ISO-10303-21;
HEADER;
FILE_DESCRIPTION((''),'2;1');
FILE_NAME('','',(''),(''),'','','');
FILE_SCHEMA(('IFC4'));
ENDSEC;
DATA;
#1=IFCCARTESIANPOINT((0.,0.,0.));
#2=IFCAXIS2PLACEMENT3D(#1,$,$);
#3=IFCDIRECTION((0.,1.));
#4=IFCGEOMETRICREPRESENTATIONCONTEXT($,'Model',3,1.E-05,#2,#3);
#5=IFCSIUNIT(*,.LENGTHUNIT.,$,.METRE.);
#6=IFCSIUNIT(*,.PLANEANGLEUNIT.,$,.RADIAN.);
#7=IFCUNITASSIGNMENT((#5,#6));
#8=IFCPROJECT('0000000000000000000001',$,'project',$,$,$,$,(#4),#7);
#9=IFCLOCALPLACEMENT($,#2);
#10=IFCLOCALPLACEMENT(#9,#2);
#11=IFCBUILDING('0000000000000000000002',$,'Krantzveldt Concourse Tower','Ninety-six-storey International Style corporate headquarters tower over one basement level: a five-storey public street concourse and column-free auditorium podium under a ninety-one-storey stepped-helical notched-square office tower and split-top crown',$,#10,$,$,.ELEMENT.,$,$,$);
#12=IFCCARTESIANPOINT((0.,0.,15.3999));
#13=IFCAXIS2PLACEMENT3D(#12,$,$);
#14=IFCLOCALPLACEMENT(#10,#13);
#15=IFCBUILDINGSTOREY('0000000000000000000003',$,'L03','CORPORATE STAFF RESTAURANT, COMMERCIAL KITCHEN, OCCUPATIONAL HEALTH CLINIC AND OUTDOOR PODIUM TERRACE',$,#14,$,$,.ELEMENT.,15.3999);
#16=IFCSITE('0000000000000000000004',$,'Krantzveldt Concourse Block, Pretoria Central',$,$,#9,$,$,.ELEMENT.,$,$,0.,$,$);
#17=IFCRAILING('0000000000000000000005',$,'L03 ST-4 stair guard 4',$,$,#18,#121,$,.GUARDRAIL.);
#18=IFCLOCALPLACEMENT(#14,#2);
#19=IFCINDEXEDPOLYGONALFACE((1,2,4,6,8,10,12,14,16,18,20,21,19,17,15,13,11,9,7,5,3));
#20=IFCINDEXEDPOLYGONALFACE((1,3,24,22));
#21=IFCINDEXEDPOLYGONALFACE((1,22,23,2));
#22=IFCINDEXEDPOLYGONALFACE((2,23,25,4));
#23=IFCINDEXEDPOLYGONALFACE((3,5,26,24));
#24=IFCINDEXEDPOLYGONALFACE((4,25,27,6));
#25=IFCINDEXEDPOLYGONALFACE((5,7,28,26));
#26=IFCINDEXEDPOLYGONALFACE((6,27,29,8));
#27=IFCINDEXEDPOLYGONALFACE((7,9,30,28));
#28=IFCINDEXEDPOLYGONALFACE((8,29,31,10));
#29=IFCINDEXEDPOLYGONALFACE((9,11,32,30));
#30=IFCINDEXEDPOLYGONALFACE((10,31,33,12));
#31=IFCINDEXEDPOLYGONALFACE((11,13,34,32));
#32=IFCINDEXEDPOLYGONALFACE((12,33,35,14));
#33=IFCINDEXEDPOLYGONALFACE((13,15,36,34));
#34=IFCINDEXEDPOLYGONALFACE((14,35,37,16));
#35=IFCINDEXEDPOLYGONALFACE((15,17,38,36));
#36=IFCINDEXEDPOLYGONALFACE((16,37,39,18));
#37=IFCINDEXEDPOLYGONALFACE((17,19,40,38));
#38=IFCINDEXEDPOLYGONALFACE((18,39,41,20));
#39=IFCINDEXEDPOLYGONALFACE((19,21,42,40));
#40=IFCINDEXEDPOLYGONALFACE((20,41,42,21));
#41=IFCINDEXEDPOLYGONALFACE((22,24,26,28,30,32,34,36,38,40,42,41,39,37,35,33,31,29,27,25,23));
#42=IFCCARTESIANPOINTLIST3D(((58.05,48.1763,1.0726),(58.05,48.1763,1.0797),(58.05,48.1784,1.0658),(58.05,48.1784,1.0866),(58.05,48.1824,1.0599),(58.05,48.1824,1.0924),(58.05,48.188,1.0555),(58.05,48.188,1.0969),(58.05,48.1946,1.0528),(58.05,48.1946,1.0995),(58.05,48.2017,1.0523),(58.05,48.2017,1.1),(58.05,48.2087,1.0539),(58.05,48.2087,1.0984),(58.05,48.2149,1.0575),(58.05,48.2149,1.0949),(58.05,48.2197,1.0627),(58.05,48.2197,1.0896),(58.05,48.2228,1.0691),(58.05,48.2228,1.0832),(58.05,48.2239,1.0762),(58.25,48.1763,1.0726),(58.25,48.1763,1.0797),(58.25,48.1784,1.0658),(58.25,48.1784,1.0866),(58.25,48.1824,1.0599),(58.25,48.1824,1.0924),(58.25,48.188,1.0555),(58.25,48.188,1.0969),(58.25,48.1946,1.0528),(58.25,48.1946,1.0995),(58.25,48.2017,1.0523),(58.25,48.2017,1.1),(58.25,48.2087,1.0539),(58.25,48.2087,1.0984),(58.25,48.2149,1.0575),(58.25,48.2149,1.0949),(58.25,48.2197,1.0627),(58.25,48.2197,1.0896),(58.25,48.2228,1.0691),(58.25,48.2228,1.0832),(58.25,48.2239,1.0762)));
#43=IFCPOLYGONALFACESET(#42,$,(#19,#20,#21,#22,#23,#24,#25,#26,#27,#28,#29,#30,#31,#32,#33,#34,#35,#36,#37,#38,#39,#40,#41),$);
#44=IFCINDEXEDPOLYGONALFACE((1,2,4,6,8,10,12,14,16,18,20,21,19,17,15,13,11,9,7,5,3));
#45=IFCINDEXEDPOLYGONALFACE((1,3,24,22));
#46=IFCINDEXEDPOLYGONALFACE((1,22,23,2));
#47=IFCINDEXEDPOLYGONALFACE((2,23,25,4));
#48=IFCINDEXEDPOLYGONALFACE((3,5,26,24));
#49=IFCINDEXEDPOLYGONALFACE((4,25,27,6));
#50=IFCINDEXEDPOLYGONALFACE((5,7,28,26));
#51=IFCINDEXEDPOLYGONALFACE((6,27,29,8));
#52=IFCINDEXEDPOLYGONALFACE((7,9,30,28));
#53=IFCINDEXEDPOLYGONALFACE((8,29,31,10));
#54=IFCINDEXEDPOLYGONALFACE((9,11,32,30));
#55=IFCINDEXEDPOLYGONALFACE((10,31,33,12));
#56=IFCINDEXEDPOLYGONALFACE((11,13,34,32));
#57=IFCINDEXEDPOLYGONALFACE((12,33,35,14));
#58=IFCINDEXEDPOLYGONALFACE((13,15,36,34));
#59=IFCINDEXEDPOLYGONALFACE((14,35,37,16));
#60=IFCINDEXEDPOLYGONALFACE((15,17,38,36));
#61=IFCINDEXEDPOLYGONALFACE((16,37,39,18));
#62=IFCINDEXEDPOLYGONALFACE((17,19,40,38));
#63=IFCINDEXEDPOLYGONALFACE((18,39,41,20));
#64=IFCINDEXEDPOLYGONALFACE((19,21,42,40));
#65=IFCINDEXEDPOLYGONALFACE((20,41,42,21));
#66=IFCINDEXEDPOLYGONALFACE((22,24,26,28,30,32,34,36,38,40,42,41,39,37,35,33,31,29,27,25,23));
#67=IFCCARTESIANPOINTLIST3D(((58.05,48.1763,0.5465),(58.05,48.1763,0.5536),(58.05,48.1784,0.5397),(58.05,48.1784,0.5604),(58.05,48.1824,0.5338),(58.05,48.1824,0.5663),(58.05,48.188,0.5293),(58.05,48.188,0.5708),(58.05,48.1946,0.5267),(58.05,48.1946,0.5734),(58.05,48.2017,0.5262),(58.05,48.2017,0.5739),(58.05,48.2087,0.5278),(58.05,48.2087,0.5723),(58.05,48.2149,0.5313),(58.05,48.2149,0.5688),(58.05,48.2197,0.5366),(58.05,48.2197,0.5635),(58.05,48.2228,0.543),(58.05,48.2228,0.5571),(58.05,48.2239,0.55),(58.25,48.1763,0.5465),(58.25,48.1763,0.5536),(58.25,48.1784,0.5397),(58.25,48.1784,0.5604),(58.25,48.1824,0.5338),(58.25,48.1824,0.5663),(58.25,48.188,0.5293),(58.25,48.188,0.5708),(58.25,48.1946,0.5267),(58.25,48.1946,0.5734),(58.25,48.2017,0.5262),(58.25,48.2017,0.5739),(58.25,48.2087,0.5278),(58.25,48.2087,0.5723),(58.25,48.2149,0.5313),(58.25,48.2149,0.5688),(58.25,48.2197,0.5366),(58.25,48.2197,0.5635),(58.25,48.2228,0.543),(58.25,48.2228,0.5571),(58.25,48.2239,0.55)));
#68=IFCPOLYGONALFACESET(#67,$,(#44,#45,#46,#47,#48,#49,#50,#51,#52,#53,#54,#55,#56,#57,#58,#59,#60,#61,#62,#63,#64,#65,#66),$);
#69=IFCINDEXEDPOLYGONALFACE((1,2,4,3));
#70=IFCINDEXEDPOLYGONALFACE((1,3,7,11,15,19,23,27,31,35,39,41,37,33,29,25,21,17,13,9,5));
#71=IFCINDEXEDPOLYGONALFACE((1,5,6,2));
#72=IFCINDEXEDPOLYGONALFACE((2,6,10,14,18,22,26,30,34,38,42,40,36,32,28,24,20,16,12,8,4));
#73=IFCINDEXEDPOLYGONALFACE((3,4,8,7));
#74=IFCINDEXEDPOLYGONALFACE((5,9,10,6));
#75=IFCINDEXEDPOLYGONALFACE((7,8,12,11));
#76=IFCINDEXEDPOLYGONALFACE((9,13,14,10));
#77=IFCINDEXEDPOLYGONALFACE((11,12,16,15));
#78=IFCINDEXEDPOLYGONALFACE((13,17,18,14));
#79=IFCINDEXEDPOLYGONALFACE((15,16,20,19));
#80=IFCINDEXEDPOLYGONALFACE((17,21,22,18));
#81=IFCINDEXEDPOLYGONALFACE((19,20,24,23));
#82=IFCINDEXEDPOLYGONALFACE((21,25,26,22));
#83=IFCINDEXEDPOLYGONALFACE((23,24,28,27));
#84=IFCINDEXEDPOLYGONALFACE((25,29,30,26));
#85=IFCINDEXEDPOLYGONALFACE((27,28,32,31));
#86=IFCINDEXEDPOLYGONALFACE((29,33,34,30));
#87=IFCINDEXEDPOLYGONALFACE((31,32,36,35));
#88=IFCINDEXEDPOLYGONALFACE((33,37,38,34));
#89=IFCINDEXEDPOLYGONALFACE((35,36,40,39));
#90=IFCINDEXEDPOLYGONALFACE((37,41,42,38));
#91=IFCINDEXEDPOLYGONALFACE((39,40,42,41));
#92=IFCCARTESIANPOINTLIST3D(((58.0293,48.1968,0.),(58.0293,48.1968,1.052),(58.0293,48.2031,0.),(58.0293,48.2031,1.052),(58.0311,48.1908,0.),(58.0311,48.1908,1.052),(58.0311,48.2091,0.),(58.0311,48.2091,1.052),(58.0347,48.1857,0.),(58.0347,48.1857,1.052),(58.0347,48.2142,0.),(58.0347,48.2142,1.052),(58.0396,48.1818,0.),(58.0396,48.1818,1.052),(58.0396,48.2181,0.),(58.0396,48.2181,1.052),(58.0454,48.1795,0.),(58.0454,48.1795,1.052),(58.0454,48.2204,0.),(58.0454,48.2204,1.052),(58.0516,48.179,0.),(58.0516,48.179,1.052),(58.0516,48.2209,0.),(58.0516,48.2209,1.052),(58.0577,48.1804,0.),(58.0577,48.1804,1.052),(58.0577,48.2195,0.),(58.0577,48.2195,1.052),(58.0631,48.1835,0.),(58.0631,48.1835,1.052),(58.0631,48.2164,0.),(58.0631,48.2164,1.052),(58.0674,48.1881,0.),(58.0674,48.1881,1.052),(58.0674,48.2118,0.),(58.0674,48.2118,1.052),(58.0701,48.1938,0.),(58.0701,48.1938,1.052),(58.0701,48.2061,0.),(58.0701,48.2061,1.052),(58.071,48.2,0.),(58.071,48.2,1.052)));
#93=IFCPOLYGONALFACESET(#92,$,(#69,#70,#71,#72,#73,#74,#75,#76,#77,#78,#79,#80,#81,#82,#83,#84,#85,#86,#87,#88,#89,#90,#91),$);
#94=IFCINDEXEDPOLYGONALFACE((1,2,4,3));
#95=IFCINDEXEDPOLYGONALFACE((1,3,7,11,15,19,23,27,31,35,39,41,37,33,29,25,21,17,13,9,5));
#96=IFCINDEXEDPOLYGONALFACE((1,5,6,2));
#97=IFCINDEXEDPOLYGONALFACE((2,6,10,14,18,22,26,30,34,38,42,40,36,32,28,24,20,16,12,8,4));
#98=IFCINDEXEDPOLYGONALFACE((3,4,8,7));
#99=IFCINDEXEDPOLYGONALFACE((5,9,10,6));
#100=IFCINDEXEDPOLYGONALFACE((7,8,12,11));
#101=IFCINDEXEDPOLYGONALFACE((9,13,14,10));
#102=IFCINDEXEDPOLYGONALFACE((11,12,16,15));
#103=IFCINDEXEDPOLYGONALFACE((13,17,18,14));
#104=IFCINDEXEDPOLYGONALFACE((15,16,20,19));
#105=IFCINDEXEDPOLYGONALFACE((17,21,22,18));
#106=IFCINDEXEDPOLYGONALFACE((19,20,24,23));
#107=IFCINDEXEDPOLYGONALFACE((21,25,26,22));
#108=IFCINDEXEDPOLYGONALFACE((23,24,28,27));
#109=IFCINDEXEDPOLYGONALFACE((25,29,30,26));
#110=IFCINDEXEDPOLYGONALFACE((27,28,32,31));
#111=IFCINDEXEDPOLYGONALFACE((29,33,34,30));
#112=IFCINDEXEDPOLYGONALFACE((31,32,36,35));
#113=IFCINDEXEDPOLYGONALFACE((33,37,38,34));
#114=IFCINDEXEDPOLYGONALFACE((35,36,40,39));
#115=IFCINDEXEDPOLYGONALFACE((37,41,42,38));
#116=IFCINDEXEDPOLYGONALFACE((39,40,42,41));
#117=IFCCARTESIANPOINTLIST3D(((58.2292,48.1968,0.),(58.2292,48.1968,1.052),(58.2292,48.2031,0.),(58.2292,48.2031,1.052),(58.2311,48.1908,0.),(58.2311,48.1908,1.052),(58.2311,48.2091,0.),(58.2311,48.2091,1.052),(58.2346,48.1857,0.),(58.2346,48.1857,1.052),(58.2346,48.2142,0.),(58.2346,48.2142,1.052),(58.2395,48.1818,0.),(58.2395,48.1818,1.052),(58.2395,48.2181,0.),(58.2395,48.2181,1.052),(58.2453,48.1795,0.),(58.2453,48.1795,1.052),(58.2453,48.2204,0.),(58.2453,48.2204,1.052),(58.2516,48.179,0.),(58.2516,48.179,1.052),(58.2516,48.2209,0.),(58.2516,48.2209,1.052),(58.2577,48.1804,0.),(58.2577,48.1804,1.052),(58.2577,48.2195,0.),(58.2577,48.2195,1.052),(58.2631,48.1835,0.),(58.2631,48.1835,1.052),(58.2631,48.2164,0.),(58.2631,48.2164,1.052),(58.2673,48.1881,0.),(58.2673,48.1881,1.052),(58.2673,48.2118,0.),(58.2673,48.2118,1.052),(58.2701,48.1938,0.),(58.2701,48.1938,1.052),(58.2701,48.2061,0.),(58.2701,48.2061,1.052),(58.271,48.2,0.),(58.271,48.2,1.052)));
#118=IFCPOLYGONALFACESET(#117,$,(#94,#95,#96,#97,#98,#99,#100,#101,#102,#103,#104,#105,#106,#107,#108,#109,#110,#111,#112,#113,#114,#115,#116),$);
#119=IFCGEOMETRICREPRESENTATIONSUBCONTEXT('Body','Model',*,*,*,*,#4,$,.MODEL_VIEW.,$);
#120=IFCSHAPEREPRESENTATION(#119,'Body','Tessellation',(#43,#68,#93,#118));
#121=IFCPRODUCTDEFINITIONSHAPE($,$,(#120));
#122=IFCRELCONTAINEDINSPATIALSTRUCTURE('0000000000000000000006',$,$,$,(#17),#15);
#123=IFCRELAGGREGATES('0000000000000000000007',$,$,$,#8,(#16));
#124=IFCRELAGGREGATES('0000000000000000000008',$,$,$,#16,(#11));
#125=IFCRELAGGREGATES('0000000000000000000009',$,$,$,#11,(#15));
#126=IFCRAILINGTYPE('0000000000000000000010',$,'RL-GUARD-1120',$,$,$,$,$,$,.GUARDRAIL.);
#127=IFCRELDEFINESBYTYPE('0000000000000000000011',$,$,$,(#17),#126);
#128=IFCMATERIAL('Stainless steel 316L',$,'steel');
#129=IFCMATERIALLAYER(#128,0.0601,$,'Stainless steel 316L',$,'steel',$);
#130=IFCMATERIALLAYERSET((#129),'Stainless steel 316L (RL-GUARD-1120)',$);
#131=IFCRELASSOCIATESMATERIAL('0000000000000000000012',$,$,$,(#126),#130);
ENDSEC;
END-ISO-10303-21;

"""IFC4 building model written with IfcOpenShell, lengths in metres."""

from ifc_helpers import new_model, si_unit, direction, frame, origin, origin_2d, place, context, subcontext, project, spatial, circle, extrude, material, layer, layer_set, type_object, element, save


model = new_model("IFC4")

# Units and contexts
model_context = context("Model", 3, precision=1e-05, world=origin(), true_north=direction((0.0, 1.0)))
body_context = subcontext(model_context, "Body", "Model", "MODEL_VIEW")
ifc_project = project(units=[si_unit("LENGTHUNIT", "METRE"), si_unit("PLANEANGLEUNIT", "RADIAN")], contexts=[model_context])

# Site, building, storey
site_placement = place(None, origin())
site = spatial("IfcSite", under=ifc_project, at=site_placement, Name="Krantzveldt Concourse Block, Pretoria Central", CompositionType="ELEMENT", RefElevation=0.0)
building_placement = place(site_placement, origin())
building = spatial("IfcBuilding", under=site, at=building_placement, Name="Krantzveldt Concourse Tower", Description="Ninety-six-storey International Style corporate headquarters tower over one basement level: a five-storey public street concourse and column-free auditorium podium under a ninety-one-storey stepped-helical notched-square office tower and split-top crown", CompositionType="ELEMENT")
storey_placement = place(building_placement, frame((0.0, 0.0, 15.3999)))
storey = spatial("IfcBuildingStorey", under=building, at=storey_placement, Name="L03", Description="CORPORATE STAFF RESTAURANT, COMMERCIAL KITCHEN, OCCUPATIONAL HEALTH CLINIC AND OUTDOOR PODIUM TERRACE", CompositionType="ELEMENT", Elevation=15.3999)

# Railing
ifc_material_1 = material(Name="Stainless steel 316L", Category="steel")
ifc_layer_1 = layer(ifc_material_1, 0.0601, Name="Stainless steel 316L", Category="steel")
ifc_layer_set_1 = layer_set([ifc_layer_1], Name="Stainless steel 316L (RL-GUARD-1120)")
railing_type_1 = type_object("IfcRailingType", Name="RL-GUARD-1120", PredefinedType="GUARDRAIL", material=ifc_layer_set_1)
railing_1_placement = place(storey_placement, frame((58.05, 48.2, 0.0)))
element("IfcRailing", 1, at=railing_1_placement, inside=storey, type_object=railing_type_1, Name="L03 ST-4 stair guard 4", PredefinedType="GUARDRAIL", context=body_context, shape_type="SweptSolid", body=[
    extrude(circle(Radius=0.0239, at=origin_2d()), frame((0.0, 0.0, 1.0762), z_axis=(1.0, 0.0, 0.0), x_axis=(0.0, 1.0, 0.0)), (0.0, 0.0, 1.0), 0.2),
    extrude(circle(Radius=0.0239, at=origin_2d()), frame((0.0, 0.0, 0.55), z_axis=(1.0, 0.0, 0.0), x_axis=(0.0, 1.0, 0.0)), (0.0, 0.0, 1.0), 0.2),
    extrude(circle(Radius=0.021, at=origin_2d()), origin(), (0.0, 0.0, 1.0), 1.052),
    extrude(circle(Radius=0.021, at=origin_2d()), frame((0.2, 0.0, 0.0)), (0.0, 0.0, 1.0), 1.052),
])

save(model, "model.ifc")
